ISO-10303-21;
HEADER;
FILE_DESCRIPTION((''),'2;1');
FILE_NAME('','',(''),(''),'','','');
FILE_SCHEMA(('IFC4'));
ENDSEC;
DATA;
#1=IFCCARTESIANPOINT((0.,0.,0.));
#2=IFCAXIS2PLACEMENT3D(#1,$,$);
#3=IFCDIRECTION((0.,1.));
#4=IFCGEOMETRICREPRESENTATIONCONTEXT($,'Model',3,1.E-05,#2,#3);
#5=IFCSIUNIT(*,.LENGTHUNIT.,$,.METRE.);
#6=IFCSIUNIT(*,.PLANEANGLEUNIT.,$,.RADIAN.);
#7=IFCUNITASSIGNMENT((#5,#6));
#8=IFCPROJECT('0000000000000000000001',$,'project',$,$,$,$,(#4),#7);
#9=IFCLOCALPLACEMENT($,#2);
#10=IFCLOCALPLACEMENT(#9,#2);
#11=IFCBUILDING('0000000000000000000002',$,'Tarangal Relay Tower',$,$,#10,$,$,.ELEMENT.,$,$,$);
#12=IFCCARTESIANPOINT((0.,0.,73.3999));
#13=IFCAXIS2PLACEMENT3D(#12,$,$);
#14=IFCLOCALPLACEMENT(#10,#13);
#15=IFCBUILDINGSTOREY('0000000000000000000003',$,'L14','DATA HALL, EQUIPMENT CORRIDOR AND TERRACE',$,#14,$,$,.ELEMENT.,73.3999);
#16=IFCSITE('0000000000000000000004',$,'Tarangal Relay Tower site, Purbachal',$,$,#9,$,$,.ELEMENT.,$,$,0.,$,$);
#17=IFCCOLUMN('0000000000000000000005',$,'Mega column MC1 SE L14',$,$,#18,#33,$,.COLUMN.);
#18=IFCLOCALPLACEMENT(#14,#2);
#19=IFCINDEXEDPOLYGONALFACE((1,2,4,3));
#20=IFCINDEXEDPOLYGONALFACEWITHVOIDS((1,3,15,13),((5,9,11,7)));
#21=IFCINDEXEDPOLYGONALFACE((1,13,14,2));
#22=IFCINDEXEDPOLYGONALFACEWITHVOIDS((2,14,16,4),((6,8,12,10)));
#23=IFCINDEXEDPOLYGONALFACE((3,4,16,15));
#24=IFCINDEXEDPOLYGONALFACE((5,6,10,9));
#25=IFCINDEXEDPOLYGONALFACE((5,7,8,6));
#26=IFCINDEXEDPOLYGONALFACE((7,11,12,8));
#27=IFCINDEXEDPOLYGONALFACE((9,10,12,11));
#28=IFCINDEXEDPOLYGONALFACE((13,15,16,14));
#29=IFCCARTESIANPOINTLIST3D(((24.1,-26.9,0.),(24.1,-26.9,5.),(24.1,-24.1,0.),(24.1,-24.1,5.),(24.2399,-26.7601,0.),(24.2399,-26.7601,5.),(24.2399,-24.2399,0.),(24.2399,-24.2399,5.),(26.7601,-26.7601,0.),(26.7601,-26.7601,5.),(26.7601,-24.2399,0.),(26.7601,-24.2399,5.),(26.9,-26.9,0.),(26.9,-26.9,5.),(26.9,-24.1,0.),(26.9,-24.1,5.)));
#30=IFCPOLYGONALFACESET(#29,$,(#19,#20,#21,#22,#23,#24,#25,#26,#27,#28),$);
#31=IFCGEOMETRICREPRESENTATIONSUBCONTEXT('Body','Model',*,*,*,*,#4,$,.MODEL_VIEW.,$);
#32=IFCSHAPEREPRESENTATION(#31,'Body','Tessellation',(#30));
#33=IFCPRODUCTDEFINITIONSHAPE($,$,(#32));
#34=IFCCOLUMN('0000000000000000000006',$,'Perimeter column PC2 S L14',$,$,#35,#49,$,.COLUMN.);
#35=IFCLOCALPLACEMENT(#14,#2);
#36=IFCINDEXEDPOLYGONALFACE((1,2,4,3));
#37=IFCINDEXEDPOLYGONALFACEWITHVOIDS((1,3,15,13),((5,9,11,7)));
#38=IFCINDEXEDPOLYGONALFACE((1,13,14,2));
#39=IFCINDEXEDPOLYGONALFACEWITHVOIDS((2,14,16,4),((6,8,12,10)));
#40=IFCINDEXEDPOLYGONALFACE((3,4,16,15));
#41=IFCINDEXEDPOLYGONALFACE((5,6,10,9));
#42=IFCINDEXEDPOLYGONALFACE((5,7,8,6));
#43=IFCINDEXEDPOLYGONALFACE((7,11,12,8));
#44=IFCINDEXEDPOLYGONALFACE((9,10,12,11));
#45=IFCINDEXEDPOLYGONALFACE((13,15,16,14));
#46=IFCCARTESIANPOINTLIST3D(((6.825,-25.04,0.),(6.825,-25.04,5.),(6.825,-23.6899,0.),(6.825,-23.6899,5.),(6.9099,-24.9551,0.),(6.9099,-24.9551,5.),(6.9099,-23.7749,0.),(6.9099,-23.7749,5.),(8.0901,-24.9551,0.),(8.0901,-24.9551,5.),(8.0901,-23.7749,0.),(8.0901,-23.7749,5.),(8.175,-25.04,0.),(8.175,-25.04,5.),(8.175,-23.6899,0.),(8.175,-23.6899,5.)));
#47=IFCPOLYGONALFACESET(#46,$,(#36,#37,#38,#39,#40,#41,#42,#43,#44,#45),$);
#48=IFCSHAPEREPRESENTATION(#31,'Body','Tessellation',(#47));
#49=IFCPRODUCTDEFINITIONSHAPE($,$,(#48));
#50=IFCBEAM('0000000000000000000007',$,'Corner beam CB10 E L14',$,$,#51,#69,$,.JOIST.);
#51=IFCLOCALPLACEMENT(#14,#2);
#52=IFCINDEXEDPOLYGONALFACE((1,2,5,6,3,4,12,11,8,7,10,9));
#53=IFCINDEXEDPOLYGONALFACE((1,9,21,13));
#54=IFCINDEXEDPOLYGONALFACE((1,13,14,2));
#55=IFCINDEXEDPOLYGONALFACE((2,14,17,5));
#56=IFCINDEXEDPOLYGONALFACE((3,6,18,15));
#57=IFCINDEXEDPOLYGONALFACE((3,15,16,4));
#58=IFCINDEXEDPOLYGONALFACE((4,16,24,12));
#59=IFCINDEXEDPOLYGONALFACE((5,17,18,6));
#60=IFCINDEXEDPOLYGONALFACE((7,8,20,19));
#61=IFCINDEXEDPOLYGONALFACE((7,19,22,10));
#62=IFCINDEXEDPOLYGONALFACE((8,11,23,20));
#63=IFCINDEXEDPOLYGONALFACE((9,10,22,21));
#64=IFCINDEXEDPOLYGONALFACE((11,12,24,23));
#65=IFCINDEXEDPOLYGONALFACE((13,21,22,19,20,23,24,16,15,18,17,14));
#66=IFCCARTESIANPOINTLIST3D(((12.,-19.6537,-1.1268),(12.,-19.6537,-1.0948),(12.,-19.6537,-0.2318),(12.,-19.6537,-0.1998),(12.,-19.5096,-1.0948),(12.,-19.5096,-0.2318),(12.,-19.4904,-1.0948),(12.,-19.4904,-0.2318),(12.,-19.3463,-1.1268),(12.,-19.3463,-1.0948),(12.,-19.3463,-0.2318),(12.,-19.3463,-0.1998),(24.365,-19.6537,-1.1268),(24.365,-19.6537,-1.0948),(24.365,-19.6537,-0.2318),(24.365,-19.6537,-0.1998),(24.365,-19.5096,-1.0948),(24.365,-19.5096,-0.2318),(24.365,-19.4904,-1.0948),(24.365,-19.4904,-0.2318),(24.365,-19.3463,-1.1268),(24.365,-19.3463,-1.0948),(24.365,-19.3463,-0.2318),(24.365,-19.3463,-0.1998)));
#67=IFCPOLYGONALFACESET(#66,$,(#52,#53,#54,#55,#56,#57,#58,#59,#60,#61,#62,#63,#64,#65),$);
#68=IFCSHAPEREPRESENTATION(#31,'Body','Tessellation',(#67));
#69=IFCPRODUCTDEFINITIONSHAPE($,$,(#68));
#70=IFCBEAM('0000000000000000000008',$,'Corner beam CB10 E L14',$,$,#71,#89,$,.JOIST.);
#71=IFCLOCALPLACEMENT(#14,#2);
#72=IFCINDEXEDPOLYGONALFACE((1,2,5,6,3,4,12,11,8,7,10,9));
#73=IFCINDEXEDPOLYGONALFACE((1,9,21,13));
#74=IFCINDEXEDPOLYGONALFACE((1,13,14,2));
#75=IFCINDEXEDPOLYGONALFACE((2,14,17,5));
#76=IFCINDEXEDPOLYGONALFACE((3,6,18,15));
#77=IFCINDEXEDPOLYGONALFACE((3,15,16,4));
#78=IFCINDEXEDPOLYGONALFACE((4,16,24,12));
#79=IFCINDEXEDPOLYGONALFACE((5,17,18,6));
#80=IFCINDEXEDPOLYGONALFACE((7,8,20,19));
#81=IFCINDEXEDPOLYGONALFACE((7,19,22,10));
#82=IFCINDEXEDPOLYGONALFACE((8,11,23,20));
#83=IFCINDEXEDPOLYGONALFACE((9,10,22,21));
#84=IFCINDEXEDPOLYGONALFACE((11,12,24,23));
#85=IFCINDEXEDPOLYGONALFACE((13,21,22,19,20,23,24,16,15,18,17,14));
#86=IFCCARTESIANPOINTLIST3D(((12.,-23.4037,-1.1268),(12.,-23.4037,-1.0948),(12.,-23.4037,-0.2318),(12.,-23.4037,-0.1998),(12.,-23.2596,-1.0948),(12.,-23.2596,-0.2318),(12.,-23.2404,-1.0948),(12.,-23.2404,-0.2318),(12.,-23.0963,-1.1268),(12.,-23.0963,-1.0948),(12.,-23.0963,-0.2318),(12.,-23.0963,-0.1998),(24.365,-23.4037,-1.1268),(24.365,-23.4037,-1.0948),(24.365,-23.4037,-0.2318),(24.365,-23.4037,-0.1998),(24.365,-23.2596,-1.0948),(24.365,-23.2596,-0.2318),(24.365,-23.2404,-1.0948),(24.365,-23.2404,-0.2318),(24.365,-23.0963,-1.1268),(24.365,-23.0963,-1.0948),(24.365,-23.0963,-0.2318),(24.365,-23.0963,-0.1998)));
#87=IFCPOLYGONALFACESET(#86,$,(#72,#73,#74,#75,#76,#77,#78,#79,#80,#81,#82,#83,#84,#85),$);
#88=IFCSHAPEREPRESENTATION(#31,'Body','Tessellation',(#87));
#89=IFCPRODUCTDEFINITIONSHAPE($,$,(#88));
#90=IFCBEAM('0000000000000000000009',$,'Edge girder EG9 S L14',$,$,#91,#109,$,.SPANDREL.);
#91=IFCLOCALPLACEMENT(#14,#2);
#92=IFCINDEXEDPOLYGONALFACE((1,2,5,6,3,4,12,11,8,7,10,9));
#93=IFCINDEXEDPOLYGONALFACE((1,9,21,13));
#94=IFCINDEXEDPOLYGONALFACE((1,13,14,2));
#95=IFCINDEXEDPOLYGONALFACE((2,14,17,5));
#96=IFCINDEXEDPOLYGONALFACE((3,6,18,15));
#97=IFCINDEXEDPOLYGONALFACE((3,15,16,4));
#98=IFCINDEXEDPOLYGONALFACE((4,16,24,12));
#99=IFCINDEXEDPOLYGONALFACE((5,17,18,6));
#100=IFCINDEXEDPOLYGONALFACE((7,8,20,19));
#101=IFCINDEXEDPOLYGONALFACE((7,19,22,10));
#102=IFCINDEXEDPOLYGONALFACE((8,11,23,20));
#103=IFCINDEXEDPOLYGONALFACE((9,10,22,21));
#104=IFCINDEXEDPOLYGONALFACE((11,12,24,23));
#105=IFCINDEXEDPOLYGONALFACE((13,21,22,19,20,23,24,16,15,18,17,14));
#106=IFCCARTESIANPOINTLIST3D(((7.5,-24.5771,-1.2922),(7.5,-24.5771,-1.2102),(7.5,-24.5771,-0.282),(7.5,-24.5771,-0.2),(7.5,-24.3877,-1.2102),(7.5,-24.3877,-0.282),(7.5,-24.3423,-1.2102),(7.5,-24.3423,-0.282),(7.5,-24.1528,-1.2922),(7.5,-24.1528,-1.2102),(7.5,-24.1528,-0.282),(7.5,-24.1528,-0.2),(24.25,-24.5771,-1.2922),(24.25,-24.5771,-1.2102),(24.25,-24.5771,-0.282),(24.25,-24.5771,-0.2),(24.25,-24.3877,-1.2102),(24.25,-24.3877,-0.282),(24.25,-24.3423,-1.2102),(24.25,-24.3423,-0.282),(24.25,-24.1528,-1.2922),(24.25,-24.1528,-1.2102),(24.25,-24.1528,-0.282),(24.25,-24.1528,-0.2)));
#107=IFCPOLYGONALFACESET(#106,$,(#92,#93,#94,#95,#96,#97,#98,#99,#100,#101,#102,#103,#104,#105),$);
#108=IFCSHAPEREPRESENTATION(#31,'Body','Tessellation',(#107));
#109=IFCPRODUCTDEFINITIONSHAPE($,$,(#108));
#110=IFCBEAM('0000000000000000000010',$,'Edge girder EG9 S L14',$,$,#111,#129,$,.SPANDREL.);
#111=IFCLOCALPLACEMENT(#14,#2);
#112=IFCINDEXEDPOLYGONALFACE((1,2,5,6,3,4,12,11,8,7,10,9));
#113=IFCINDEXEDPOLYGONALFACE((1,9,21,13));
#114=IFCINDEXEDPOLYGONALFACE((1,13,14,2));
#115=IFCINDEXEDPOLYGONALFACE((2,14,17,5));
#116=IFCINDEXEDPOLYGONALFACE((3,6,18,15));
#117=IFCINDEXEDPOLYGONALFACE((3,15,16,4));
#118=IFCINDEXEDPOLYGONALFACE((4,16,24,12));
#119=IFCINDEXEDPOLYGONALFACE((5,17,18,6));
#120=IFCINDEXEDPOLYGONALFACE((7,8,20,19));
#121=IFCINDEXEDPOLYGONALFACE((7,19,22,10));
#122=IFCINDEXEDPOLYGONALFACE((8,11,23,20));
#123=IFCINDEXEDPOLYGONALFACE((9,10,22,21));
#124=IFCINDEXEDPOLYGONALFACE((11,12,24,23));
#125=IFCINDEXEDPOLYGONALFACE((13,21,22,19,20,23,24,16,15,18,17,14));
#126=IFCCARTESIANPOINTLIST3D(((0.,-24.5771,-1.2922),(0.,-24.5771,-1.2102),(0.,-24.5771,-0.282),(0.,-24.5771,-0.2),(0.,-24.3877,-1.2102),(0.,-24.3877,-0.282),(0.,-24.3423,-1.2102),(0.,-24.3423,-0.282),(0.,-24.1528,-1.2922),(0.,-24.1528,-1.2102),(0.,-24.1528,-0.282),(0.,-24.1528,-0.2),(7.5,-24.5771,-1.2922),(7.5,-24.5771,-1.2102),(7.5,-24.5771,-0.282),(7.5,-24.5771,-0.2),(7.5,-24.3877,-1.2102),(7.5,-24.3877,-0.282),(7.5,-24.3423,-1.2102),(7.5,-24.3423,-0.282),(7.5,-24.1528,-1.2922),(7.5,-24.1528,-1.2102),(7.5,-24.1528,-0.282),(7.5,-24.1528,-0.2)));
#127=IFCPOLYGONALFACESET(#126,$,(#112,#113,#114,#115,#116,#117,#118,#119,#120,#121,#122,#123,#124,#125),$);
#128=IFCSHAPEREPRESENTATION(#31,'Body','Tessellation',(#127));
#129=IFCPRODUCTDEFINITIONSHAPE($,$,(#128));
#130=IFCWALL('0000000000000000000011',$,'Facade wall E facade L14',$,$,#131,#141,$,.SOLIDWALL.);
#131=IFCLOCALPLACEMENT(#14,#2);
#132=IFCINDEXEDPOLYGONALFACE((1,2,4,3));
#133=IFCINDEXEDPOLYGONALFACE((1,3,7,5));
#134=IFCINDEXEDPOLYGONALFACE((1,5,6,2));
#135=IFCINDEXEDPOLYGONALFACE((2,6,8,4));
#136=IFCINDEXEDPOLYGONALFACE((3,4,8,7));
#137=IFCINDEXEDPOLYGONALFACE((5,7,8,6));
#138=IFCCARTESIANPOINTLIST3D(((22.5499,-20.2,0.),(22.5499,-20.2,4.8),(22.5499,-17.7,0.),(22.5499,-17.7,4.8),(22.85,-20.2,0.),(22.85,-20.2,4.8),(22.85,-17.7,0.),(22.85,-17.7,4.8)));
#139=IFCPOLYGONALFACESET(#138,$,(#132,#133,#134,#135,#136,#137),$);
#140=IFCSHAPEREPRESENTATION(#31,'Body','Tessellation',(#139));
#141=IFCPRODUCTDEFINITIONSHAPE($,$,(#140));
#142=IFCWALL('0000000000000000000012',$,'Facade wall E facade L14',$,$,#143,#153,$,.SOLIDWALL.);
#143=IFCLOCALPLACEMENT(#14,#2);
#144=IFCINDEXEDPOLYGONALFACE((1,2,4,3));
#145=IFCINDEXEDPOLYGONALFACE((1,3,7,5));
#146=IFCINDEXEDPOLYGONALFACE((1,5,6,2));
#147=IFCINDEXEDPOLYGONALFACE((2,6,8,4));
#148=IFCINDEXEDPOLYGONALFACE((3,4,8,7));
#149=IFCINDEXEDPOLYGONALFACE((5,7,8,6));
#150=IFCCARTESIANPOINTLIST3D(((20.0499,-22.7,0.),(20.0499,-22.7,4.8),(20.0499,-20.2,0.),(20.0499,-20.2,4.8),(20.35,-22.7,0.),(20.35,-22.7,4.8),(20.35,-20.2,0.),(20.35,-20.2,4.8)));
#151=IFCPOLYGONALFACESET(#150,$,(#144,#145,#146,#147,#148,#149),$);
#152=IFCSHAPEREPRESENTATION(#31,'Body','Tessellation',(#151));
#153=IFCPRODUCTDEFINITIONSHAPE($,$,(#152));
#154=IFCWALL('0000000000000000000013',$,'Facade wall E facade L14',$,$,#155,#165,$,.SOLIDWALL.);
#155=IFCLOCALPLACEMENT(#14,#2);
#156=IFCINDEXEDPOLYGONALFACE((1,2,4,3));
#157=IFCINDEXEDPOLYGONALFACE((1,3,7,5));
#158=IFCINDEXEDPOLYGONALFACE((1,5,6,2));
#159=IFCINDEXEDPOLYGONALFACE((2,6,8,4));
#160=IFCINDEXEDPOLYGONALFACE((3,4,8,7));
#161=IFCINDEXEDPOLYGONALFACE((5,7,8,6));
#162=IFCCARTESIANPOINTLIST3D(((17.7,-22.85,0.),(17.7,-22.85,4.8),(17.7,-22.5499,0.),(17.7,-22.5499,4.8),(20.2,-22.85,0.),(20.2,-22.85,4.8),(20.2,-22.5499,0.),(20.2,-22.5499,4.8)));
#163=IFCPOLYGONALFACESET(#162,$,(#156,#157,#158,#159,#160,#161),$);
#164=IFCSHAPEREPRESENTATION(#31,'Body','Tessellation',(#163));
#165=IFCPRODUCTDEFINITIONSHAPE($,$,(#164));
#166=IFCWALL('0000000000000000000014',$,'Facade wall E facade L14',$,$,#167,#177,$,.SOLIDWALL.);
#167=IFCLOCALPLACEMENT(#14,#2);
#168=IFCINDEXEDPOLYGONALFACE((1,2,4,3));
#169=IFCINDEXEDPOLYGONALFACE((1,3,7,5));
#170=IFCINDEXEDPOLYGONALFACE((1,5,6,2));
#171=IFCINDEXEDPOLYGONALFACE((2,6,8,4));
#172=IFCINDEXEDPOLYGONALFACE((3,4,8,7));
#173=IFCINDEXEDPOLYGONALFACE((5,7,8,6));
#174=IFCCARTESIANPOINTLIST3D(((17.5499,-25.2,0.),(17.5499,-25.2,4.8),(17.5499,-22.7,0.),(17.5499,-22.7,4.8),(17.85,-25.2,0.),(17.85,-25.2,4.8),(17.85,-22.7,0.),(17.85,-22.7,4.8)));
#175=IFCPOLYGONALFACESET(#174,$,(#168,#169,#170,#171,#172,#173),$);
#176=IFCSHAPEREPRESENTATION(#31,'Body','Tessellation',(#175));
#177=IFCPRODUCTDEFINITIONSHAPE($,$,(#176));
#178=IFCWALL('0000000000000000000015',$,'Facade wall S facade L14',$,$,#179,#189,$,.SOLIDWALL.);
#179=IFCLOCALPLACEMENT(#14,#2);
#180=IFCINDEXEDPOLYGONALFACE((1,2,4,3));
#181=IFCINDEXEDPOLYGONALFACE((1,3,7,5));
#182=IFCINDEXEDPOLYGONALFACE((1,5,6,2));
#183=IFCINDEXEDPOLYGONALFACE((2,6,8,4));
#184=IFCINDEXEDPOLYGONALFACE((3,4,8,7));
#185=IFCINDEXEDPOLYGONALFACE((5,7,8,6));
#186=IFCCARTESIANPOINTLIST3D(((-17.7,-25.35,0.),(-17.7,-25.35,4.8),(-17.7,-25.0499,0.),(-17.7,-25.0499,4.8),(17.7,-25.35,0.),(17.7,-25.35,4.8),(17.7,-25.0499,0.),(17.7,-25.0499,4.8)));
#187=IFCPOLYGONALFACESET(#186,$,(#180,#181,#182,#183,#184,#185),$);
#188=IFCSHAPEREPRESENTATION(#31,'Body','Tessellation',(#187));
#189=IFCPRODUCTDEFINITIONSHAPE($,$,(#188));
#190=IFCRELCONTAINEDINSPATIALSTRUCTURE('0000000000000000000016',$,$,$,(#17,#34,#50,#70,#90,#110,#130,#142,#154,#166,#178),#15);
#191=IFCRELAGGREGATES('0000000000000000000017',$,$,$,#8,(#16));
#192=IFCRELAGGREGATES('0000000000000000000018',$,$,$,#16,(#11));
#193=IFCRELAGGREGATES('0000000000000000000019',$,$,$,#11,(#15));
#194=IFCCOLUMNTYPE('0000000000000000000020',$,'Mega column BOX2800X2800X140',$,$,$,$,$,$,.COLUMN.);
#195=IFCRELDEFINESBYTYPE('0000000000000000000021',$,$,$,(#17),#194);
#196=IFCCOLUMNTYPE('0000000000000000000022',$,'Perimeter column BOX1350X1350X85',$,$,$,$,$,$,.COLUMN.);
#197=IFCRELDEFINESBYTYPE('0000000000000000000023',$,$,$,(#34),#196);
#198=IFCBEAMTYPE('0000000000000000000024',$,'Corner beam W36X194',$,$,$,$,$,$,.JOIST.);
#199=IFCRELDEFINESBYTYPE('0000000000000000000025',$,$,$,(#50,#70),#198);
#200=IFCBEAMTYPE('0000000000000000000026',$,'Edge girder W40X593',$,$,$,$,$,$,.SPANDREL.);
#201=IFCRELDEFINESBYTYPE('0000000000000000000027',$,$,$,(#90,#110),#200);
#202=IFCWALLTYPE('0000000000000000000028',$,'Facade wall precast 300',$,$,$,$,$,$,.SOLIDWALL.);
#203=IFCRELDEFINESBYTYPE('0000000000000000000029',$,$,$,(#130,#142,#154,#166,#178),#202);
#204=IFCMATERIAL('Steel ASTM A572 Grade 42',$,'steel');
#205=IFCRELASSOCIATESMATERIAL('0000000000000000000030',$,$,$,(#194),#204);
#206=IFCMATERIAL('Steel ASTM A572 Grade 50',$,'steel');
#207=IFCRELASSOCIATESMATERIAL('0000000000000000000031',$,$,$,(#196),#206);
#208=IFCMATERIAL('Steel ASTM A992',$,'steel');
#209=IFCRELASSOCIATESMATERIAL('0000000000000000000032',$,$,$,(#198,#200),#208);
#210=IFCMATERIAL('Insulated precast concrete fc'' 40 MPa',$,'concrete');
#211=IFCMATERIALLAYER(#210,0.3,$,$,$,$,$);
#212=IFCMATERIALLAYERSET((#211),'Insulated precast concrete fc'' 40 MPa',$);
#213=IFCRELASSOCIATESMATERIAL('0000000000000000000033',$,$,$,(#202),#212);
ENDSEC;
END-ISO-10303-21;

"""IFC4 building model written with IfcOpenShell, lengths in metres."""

from ifc_helpers import new_model, si_unit, direction, frame, frame_2d, origin, origin_2d, place, context, subcontext, project, spatial, rectangle, hollow_rectangle, i_section, extrude, material, layer, layer_set, material_profile, profile_set, type_object, element, save


model = new_model("IFC4")

# Units and contexts
model_context = context("Model", 3, precision=1e-05, world=origin(), true_north=direction((0.0, 1.0)))
body_context = subcontext(model_context, "Body", "Model", "MODEL_VIEW")
ifc_project = project(units=[si_unit("LENGTHUNIT", "METRE"), si_unit("PLANEANGLEUNIT", "RADIAN")], contexts=[model_context])

# Site, building, storey
site_placement = place(None, origin())
site = spatial("IfcSite", under=ifc_project, at=site_placement, Name="Tarangal Relay Tower site, Purbachal", CompositionType="ELEMENT", RefElevation=0.0)
building_placement = place(site_placement, origin())
building = spatial("IfcBuilding", under=site, at=building_placement, Name="Tarangal Relay Tower", CompositionType="ELEMENT")
storey_placement = place(building_placement, frame((0.0, 0.0, 73.3999)))
storey = spatial("IfcBuildingStorey", under=building, at=storey_placement, Name="L14", Description="DATA HALL, EQUIPMENT CORRIDOR AND TERRACE", CompositionType="ELEMENT", Elevation=73.3999)

# Columns
ifc_material_1 = material(Name="Steel ASTM A572 Grade 42", Category="steel")
ifc_material_profile_1 = material_profile(ifc_material_1, hollow_rectangle(XDim=2.8, YDim=2.8, WallThickness=0.1399, at=origin_2d()), Name="BOX2800X2800X140")
ifc_profile_set_1 = profile_set([ifc_material_profile_1], Name="Steel ASTM A572 Grade 42")
column_type_1 = type_object("IfcColumnType", Name="Mega column BOX2800X2800X140", PredefinedType="COLUMN", material=ifc_profile_set_1)
column_1_placement = place(storey_placement, frame((25.5, -25.5, 0.0), z_axis=(0.0, 0.0, 1.0), x_axis=(1.0, 0.0, 0.0)))
element("IfcColumn", 1, at=column_1_placement, inside=storey, type_object=column_type_1, Name="Mega column MC1 SE L14", PredefinedType="COLUMN", context=body_context, shape_type="SweptSolid", body=[
    extrude(hollow_rectangle(XDim=2.8, YDim=2.8, WallThickness=0.1399, at=origin_2d()), origin(), (0.0, 0.0, 1.0), 5.0),
])
ifc_material_2 = material(Name="Steel ASTM A572 Grade 50", Category="steel")
ifc_material_profile_2 = material_profile(ifc_material_2, hollow_rectangle(XDim=1.3501, YDim=1.3501, WallThickness=0.085, at=origin_2d()), Name="BOX1350X1350X85")
ifc_profile_set_2 = profile_set([ifc_material_profile_2], Name="Steel ASTM A572 Grade 50")
column_type_2 = type_object("IfcColumnType", Name="Perimeter column BOX1350X1350X85", PredefinedType="COLUMN", material=ifc_profile_set_2)
column_2_placement = place(storey_placement, frame((7.5, -24.365, 0.0), z_axis=(0.0, 0.0, 1.0), x_axis=(1.0, 0.0, 0.0)))
element("IfcColumn", 2, at=column_2_placement, inside=storey, type_object=column_type_2, Name="Perimeter column PC2 S L14", PredefinedType="COLUMN", context=body_context, shape_type="SweptSolid", body=[
    extrude(hollow_rectangle(XDim=1.3501, YDim=1.3501, WallThickness=0.085, at=origin_2d()), origin(), (0.0, 0.0, 1.0), 5.0),
])

# Beams
ifc_material_3 = material(Name="Steel ASTM A992", Category="steel")
ifc_material_profile_3 = material_profile(ifc_material_3, i_section(OverallWidth=0.3074, OverallDepth=0.927, WebThickness=0.0193, FlangeThickness=0.032, at=origin_2d()), Name="W36X194")
ifc_profile_set_3 = profile_set([ifc_material_profile_3], Name="Steel ASTM A992")
beam_type_1 = type_object("IfcBeamType", Name="Corner beam W36X194", PredefinedType="JOIST", material=ifc_profile_set_3)
for number, where, z_axis, x_axis, name in (
    (3, (12.0, -19.5, -0.6633), (1.0, 0.0, 0.0), (0.0, 1.0, 0.0), "Corner beam CB10 E L14"),
    (4, (12.0, -23.25, -0.6633), (1.0, 0.0, 0.0), (0.0, 1.0, 0.0), "Corner beam CB10 E L14"),
):
    element("IfcBeam", number, at=place(storey_placement, frame(where, z_axis=z_axis, x_axis=x_axis)), inside=storey, type_object=beam_type_1, Name=name, PredefinedType="JOIST", context=body_context, shape_type="SweptSolid", body=[
        extrude(i_section(OverallWidth=0.3074, OverallDepth=0.927, WebThickness=0.0193, FlangeThickness=0.032, at=origin_2d()), origin(), (0.0, 0.0, 1.0), 12.365),
    ])
ifc_material_profile_4 = material_profile(ifc_material_3, i_section(OverallWidth=0.4243, OverallDepth=1.0923, WebThickness=0.0454, FlangeThickness=0.082, at=origin_2d()), Name="W40X593")
ifc_profile_set_4 = profile_set([ifc_material_profile_4], Name="Steel ASTM A992")
beam_type_2 = type_object("IfcBeamType", Name="Edge girder W40X593", PredefinedType="SPANDREL", material=ifc_profile_set_4)
beam_1_placement = place(storey_placement, frame((24.25, -24.365, -0.7461), z_axis=(-1.0, 0.0, 0.0), x_axis=(0.0, -1.0, 0.0)))
element("IfcBeam", 5, at=beam_1_placement, inside=storey, type_object=beam_type_2, Name="Edge girder EG9 S L14", PredefinedType="SPANDREL", context=body_context, shape_type="SweptSolid", body=[
    extrude(i_section(OverallWidth=0.4243, OverallDepth=1.0923, WebThickness=0.0454, FlangeThickness=0.082, at=origin_2d()), origin(), (0.0, 0.0, 1.0), 16.75),
])
beam_2_placement = place(storey_placement, frame((7.5, -24.365, -0.7461), z_axis=(-1.0, 0.0, 0.0), x_axis=(0.0, -1.0, 0.0)))
element("IfcBeam", 6, at=beam_2_placement, inside=storey, type_object=beam_type_2, Name="Edge girder EG9 S L14", PredefinedType="SPANDREL", context=body_context, shape_type="SweptSolid", body=[
    extrude(i_section(OverallWidth=0.4243, OverallDepth=1.0923, WebThickness=0.0454, FlangeThickness=0.082, at=origin_2d()), origin(), (0.0, 0.0, 1.0), 7.5),
])

# Wall
ifc_material_4 = material(Name="Insulated precast concrete fc' 40 MPa", Category="concrete")
ifc_layer_1 = layer(ifc_material_4, 0.3)
ifc_layer_set_1 = layer_set([ifc_layer_1], Name="Insulated precast concrete fc' 40 MPa")
wall_type_1 = type_object("IfcWallType", Name="Facade wall precast 300", PredefinedType="SOLIDWALL", material=ifc_layer_set_1)
wall_1_placement = place(storey_placement, frame((22.7, -17.7, 0.0), z_axis=(0.0, 0.0, 1.0), x_axis=(0.0, -1.0, 0.0)))
element("IfcWall", 7, at=wall_1_placement, inside=storey, type_object=wall_type_1, Name="Facade wall E facade L14", PredefinedType="SOLIDWALL", context=body_context, shape_type="SweptSolid", body=[
    extrude(rectangle(XDim=2.5, YDim=0.3, at=frame_2d((1.25, 0.0))), origin(), (0.0, 0.0, 1.0), 4.8),
])

# Walls
for number, where, z_axis, x_axis, name in (
    (8, (20.2, -20.2, 0.0), (0.0, 0.0, 1.0), (0.0, -1.0, 0.0), "Facade wall E facade L14"),
    (9, (20.2, -22.7, 0.0), (0.0, 0.0, 1.0), (-1.0, 0.0, 0.0), "Facade wall E facade L14"),
    (10, (17.7, -22.7, 0.0), (0.0, 0.0, 1.0), (0.0, -1.0, 0.0), "Facade wall E facade L14"),
):
    element("IfcWall", number, at=place(storey_placement, frame(where, z_axis=z_axis, x_axis=x_axis)), inside=storey, type_object=wall_type_1, Name=name, PredefinedType="SOLIDWALL", context=body_context, shape_type="SweptSolid", body=[
        extrude(rectangle(XDim=2.5, YDim=0.3, at=frame_2d((1.25, 0.0))), origin(), (0.0, 0.0, 1.0), 4.8),
    ])
wall_2_placement = place(storey_placement, frame((17.7, -25.2, 0.0), z_axis=(0.0, 0.0, 1.0), x_axis=(-1.0, 0.0, 0.0)))
element("IfcWall", 11, at=wall_2_placement, inside=storey, type_object=wall_type_1, Name="Facade wall S facade L14", PredefinedType="SOLIDWALL", context=body_context, shape_type="SweptSolid", body=[
    extrude(rectangle(XDim=35.3999, YDim=0.3, at=frame_2d((17.7, 0.0))), origin(), (0.0, 0.0, 1.0), 4.8),
])

save(model, "model.ifc")
